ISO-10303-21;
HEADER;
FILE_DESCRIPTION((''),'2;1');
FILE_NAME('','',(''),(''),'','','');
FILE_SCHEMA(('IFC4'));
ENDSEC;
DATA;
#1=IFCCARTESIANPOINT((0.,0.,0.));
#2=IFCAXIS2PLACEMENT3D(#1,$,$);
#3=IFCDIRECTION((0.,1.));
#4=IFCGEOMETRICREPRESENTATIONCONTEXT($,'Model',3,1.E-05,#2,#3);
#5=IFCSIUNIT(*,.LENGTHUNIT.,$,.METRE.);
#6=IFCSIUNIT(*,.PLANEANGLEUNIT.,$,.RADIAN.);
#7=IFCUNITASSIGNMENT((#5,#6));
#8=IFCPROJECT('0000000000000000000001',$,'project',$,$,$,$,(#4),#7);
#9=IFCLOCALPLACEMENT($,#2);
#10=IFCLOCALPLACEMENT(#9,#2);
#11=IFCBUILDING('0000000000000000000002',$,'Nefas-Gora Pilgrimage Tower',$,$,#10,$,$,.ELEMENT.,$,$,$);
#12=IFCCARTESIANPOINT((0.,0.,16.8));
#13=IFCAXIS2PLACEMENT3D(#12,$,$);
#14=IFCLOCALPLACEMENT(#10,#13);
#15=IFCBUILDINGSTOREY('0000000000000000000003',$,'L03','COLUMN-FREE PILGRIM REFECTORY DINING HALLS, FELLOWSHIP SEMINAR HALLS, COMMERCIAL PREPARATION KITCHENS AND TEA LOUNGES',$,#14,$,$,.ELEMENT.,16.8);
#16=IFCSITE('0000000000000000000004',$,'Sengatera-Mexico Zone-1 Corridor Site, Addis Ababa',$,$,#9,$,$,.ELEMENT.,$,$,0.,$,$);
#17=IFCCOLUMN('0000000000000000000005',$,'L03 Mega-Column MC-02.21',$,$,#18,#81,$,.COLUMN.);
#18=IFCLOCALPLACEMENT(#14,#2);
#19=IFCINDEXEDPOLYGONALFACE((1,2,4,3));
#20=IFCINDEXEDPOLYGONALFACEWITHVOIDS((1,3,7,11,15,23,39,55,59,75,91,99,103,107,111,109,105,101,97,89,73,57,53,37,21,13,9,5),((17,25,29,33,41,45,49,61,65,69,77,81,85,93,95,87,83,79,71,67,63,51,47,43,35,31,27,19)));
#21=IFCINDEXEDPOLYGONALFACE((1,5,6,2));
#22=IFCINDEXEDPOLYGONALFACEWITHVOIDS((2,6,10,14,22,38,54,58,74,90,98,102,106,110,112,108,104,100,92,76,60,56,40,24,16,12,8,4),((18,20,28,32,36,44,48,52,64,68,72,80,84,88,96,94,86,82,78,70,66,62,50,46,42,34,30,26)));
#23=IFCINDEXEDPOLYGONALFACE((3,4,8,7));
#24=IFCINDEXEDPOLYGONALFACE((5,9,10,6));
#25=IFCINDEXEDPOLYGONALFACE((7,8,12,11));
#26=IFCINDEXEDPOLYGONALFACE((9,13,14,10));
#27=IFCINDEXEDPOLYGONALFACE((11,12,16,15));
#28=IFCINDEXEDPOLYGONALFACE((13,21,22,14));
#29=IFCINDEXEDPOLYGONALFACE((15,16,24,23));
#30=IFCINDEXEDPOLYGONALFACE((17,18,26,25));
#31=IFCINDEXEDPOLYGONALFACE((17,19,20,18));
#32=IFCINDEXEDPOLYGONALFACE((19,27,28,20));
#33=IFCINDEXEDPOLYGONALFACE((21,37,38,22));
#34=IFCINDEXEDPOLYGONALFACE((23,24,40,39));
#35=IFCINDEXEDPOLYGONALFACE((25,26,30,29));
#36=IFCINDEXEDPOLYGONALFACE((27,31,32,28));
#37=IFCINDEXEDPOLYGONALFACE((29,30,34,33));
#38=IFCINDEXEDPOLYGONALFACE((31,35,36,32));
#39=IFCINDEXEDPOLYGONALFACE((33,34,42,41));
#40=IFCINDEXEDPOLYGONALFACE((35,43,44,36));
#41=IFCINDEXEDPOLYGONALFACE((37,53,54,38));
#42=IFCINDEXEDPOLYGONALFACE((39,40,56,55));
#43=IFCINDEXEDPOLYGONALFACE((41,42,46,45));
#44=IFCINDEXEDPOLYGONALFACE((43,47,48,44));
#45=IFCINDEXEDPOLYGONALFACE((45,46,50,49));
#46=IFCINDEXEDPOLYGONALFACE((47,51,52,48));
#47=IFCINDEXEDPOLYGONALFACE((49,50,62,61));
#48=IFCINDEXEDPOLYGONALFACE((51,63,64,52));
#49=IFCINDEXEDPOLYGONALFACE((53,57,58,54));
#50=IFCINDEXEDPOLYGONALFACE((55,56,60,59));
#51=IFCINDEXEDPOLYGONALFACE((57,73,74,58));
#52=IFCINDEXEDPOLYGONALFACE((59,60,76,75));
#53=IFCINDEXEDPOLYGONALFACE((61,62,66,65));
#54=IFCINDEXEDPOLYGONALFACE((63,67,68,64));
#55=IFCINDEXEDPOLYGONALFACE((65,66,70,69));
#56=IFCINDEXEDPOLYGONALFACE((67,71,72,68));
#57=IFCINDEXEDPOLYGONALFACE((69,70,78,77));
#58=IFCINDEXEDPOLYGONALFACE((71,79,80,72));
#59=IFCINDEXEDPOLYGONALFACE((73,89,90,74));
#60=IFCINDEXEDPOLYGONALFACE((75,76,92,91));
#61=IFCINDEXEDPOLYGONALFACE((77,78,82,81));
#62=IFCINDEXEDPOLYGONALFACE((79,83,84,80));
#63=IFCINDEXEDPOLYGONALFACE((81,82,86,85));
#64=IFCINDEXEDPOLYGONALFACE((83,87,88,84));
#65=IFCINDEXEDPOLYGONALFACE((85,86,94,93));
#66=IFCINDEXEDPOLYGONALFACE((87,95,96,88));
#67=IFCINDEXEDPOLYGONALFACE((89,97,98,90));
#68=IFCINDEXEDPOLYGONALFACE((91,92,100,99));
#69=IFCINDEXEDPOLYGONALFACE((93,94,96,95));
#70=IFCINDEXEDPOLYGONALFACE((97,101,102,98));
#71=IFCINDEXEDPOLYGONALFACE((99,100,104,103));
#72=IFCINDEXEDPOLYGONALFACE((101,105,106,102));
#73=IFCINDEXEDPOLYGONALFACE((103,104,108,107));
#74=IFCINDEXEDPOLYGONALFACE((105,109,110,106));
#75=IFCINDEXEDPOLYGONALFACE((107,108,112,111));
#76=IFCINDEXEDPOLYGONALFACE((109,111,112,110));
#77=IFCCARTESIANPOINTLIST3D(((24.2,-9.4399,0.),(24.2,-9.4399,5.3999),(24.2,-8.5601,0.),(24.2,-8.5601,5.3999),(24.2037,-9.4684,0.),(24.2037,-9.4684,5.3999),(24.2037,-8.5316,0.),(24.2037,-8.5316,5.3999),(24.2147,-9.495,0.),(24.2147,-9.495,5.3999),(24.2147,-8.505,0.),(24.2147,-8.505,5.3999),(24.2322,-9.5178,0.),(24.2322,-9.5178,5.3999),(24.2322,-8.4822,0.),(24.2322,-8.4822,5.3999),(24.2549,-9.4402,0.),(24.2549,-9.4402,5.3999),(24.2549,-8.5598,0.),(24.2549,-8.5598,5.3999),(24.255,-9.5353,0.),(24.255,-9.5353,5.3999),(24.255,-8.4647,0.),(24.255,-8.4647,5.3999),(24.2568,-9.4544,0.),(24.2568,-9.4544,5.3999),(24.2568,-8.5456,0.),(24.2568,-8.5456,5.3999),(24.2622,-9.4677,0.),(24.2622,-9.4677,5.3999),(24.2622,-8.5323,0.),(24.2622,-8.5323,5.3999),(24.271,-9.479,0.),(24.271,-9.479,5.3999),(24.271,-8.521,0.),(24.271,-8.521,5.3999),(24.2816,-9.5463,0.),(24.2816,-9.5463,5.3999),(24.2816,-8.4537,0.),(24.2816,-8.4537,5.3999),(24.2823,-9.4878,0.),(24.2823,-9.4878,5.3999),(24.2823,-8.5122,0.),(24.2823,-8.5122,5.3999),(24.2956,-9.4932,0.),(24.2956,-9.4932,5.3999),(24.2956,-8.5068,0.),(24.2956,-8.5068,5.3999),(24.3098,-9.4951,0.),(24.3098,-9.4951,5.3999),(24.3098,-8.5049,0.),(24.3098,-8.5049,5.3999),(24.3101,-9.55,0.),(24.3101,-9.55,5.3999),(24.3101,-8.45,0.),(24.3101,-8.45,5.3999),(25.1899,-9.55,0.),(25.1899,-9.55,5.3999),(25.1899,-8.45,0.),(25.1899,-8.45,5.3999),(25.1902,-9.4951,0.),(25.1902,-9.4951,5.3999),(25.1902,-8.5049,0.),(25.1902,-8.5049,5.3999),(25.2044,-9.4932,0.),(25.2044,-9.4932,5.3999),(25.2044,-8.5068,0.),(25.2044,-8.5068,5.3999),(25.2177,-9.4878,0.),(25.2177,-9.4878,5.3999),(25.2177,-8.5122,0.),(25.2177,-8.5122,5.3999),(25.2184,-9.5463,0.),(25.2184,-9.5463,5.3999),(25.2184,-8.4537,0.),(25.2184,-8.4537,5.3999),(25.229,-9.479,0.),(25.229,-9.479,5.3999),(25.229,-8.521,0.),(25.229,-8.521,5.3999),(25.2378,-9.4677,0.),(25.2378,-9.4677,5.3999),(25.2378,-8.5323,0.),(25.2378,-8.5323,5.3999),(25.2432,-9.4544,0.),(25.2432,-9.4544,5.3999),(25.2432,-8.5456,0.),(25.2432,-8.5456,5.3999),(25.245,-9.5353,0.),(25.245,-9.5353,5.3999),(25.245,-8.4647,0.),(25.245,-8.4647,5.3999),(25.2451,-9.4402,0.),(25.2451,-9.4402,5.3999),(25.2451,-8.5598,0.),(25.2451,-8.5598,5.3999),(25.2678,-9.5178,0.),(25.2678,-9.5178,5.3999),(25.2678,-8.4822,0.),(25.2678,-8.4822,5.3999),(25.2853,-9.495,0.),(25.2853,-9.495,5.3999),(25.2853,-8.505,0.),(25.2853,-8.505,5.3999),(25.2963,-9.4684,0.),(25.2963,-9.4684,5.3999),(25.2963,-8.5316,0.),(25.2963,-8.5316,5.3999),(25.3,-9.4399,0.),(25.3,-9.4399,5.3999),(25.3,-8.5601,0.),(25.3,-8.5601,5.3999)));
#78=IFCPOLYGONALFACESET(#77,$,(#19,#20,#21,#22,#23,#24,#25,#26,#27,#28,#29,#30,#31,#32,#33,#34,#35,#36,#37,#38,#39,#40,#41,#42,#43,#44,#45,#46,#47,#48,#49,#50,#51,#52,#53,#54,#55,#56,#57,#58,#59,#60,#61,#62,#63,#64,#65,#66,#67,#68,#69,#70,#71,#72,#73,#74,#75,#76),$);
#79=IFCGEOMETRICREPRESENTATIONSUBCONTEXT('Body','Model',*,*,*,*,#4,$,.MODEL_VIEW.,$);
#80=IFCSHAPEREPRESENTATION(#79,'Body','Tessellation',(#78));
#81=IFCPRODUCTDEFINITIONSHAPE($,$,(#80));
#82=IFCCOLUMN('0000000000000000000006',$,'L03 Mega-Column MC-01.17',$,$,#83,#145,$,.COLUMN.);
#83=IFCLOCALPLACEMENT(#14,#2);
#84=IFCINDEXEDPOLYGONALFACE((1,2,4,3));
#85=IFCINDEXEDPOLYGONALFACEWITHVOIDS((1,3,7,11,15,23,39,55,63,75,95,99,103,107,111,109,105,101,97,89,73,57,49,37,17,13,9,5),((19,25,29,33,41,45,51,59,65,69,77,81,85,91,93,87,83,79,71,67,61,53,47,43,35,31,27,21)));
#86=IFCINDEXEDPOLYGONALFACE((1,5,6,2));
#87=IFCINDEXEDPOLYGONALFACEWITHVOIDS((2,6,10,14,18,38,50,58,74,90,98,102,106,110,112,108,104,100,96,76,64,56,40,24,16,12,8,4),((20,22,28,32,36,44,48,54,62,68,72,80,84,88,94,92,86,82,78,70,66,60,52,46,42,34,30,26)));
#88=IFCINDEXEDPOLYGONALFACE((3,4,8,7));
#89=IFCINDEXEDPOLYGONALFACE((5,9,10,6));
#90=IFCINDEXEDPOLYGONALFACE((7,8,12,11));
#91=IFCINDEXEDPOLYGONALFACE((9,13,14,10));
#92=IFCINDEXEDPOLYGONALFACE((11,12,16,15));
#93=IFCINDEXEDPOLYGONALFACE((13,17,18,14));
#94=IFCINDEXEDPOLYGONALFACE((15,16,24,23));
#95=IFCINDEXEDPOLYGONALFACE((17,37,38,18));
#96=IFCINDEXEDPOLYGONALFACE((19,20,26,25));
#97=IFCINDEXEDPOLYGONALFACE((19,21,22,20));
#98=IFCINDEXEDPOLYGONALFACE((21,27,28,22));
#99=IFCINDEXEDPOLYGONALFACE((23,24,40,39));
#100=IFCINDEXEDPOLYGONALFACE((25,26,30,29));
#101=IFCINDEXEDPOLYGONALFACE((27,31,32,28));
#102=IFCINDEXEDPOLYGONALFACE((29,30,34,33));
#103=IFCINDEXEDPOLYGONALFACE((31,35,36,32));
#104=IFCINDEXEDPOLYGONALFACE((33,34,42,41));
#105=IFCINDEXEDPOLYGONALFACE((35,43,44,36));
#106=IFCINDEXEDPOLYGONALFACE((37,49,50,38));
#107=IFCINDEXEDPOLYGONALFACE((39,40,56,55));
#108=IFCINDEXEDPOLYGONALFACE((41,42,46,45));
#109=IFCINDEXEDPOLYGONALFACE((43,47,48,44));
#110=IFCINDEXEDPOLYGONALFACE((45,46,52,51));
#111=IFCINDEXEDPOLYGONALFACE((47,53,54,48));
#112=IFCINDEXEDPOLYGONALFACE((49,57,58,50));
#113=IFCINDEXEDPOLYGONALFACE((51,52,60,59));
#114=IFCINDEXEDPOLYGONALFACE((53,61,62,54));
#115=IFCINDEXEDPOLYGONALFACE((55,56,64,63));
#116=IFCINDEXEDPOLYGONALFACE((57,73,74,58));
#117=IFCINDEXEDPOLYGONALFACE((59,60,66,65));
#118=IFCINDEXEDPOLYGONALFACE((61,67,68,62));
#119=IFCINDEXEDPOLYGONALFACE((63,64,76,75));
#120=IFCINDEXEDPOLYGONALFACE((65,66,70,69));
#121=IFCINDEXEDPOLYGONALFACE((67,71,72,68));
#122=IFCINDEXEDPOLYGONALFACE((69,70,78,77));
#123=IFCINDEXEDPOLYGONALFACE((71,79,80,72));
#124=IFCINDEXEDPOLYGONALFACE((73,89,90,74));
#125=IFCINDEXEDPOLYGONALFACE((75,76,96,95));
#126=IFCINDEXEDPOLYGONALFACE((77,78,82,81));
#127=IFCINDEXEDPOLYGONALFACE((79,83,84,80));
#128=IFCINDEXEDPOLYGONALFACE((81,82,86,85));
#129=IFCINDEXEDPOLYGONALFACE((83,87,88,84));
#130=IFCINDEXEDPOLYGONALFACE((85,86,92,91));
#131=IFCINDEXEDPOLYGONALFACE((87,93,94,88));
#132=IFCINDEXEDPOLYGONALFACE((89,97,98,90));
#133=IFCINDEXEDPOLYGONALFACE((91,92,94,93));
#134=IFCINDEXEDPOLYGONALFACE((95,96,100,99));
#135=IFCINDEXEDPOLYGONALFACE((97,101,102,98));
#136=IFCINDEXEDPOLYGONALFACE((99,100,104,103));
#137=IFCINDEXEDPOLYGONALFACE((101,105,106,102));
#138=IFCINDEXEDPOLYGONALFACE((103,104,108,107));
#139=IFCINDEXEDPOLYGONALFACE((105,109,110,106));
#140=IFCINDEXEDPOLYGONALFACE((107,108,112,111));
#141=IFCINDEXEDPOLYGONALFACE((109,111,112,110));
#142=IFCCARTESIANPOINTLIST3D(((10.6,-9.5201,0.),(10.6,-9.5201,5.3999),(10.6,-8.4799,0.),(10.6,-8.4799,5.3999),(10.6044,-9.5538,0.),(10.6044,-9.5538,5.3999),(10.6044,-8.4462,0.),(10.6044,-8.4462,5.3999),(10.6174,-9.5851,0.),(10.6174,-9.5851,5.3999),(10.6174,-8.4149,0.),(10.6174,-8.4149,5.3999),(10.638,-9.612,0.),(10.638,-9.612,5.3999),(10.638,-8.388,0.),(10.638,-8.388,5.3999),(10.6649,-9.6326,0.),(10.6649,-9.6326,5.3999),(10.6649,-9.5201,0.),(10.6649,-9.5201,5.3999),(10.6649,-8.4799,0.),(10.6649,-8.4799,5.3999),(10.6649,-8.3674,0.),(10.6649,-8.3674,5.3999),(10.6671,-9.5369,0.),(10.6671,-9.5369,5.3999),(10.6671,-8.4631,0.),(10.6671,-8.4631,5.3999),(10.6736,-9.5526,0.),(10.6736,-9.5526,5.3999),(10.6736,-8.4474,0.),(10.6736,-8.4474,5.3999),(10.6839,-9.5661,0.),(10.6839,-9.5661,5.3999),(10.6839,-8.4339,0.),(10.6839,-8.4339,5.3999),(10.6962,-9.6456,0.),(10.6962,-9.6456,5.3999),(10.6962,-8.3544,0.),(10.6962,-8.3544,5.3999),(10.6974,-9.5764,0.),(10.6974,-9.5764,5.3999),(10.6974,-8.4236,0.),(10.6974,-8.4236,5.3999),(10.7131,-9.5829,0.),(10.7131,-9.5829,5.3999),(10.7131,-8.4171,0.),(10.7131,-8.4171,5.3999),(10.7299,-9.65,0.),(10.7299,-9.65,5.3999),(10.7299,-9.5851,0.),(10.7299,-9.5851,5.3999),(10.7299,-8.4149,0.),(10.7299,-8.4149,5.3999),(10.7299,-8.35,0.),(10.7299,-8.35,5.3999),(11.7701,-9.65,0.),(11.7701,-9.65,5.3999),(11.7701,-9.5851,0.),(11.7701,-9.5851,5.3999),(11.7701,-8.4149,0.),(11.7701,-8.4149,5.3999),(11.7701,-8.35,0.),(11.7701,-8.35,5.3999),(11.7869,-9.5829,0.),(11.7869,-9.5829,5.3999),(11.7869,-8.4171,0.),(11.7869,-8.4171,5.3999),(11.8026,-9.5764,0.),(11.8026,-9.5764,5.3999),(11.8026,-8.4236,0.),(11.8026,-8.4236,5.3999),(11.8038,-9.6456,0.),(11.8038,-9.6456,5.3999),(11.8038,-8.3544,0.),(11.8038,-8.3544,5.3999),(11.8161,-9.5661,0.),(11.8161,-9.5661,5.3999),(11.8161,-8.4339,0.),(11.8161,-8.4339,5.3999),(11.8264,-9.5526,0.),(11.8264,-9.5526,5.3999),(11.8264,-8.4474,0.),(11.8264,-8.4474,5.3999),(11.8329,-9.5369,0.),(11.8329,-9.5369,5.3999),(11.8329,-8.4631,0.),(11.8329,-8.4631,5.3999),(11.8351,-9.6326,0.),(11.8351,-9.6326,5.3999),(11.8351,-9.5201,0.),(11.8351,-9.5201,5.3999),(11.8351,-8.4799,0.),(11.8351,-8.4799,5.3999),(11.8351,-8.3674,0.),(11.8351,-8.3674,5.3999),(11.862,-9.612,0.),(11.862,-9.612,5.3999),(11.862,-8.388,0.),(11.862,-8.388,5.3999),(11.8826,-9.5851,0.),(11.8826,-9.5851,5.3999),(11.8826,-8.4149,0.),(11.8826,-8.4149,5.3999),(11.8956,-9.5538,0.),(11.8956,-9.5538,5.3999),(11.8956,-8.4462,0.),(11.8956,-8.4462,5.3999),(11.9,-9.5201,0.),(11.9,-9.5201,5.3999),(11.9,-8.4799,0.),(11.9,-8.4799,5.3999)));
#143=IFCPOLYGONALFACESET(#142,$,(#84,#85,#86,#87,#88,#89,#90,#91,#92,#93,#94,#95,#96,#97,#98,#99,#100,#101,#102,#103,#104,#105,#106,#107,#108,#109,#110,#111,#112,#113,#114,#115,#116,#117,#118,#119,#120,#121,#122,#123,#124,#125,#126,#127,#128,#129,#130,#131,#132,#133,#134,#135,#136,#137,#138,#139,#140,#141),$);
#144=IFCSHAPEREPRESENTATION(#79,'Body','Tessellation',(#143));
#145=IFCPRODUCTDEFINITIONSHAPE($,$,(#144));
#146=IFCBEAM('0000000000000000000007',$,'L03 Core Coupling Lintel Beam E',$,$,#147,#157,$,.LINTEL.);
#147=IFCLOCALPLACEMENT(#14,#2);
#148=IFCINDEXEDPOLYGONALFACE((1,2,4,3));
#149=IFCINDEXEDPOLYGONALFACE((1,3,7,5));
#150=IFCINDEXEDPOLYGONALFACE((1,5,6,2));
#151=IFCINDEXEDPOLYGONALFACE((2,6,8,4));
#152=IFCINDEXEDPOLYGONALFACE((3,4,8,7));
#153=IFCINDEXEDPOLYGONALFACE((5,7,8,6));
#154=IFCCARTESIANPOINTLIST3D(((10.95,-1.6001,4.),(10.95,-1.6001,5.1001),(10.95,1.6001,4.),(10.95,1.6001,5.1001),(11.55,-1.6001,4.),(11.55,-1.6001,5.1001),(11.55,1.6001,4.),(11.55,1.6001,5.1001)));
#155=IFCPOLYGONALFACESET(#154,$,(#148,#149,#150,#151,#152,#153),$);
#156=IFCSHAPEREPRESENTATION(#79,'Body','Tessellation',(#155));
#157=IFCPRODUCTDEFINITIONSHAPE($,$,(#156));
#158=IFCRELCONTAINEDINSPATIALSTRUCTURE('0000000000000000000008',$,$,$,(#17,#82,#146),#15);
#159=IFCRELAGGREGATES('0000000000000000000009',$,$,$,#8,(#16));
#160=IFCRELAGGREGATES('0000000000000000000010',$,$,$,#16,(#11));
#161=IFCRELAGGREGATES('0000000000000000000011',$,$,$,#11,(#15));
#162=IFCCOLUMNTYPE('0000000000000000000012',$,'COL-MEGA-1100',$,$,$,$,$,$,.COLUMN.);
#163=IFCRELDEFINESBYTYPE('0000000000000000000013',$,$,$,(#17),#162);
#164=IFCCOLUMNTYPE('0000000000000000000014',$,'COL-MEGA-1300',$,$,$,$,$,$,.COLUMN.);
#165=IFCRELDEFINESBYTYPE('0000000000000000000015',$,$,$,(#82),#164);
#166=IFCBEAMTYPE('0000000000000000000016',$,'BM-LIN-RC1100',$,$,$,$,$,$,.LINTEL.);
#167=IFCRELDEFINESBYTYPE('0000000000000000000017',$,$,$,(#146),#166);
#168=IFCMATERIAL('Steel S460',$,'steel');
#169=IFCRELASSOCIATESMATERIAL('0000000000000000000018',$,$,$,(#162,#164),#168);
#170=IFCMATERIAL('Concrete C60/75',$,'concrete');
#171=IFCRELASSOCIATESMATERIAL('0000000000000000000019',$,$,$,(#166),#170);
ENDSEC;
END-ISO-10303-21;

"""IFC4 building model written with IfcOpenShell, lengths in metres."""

from ifc_helpers import new_model, si_unit, direction, frame, origin, origin_2d, place, context, subcontext, project, spatial, rectangle, hollow_rectangle, extrude, source, transform, mapped, material, material_profile, profile_set, type_object, element, save


model = new_model("IFC4")

# Units and contexts
model_context = context("Model", 3, precision=1e-05, world=origin(), true_north=direction((0.0, 1.0)))
body_context = subcontext(model_context, "Body", "Model", "MODEL_VIEW")
ifc_project = project(units=[si_unit("LENGTHUNIT", "METRE"), si_unit("PLANEANGLEUNIT", "RADIAN")], contexts=[model_context])

# Site, building, storey
site_placement = place(None, origin())
site = spatial("IfcSite", under=ifc_project, at=site_placement, Name="Sengatera-Mexico Zone-1 Corridor Site, Addis Ababa", CompositionType="ELEMENT", RefElevation=0.0)
building_placement = place(site_placement, origin())
building = spatial("IfcBuilding", under=site, at=building_placement, Name="Nefas-Gora Pilgrimage Tower", CompositionType="ELEMENT")
storey_placement = place(building_placement, frame((0.0, 0.0, 16.8)))
storey = spatial("IfcBuildingStorey", under=building, at=storey_placement, Name="L03", Description="COLUMN-FREE PILGRIM REFECTORY DINING HALLS, FELLOWSHIP SEMINAR HALLS, COMMERCIAL PREPARATION KITCHENS AND TEA LOUNGES", CompositionType="ELEMENT", Elevation=16.8)

# Columns
ifc_material_1 = material(Name="Steel S460", Category="steel")
ifc_material_profile_1 = material_profile(ifc_material_1, hollow_rectangle(XDim=1.1001, YDim=1.1001, WallThickness=0.0549, InnerFilletRadius=0.0549, OuterFilletRadius=0.1101, at=origin_2d()), Name="BOX 1100x1100x55")
ifc_profile_set_1 = profile_set([ifc_material_profile_1], Name="Steel S460")
column_type_1 = type_object("IfcColumnType", Name="COL-MEGA-1100", PredefinedType="COLUMN", material=ifc_profile_set_1)
shared_shape_1 = source(origin(), body_context, "Body", "SweptSolid", [
    extrude(hollow_rectangle(XDim=1.1001, YDim=1.1001, WallThickness=0.0549, InnerFilletRadius=0.0549, OuterFilletRadius=0.1101, at=origin_2d()), origin(), (0.0, 0.0, 1.0), 5.3999),
])
column_1_placement = place(storey_placement, frame((24.75, -9.0, 0.0), z_axis=(0.0, 0.0, 1.0), x_axis=(1.0, 0.0, 0.0)))
element("IfcColumn", 1, at=column_1_placement, inside=storey, type_object=column_type_1, Name="L03 Mega-Column MC-02.21", PredefinedType="COLUMN", context=body_context, shape_type="MappedRepresentation", body=[
    mapped(shared_shape_1, transform((0.0, 0.0, 0.0), x_axis=(1.0, 0.0, 0.0), y_axis=(0.0, 1.0, 0.0), z_axis=(0.0, 0.0, 1.0), scale=1.0)),
])
ifc_material_profile_2 = material_profile(ifc_material_1, hollow_rectangle(XDim=1.3, YDim=1.3, WallThickness=0.0649, InnerFilletRadius=0.0649, OuterFilletRadius=0.1299, at=origin_2d()), Name="BOX 1300x1300x65")
ifc_profile_set_2 = profile_set([ifc_material_profile_2], Name="Steel S460")
column_type_2 = type_object("IfcColumnType", Name="COL-MEGA-1300", PredefinedType="COLUMN", material=ifc_profile_set_2)
shared_shape_2 = source(origin(), body_context, "Body", "SweptSolid", [
    extrude(hollow_rectangle(XDim=1.3, YDim=1.3, WallThickness=0.0649, InnerFilletRadius=0.0649, OuterFilletRadius=0.1299, at=origin_2d()), origin(), (0.0, 0.0, 1.0), 5.3999),
])
column_2_placement = place(storey_placement, frame((11.25, -9.0, 0.0), z_axis=(0.0, 0.0, 1.0), x_axis=(1.0, 0.0, 0.0)))
element("IfcColumn", 2, at=column_2_placement, inside=storey, type_object=column_type_2, Name="L03 Mega-Column MC-01.17", PredefinedType="COLUMN", context=body_context, shape_type="MappedRepresentation", body=[
    mapped(shared_shape_2, transform((0.0, 0.0, 0.0), x_axis=(1.0, 0.0, 0.0), y_axis=(0.0, 1.0, 0.0), z_axis=(0.0, 0.0, 1.0), scale=1.0)),
])

# Beam
ifc_material_2 = material(Name="Concrete C60/75", Category="concrete")
ifc_material_profile_3 = material_profile(ifc_material_2, rectangle(XDim=0.6001, YDim=1.1001, at=origin_2d()), Name="RC 600x1100")
ifc_profile_set_3 = profile_set([ifc_material_profile_3], Name="Concrete C60/75")
beam_type_1 = type_object("IfcBeamType", Name="BM-LIN-RC1100", PredefinedType="LINTEL", material=ifc_profile_set_3)
shared_shape_3 = source(origin(), body_context, "Body", "SweptSolid", [
    extrude(rectangle(XDim=0.6001, YDim=1.1001, at=origin_2d()), origin(), (0.0, 0.0, 1.0), 3.2002),
])
beam_1_placement = place(storey_placement, frame((11.25, -1.6001, 4.55), z_axis=(0.0, 1.0, 0.0), x_axis=(-1.0, 0.0, 0.0)))
element("IfcBeam", 3, at=beam_1_placement, inside=storey, type_object=beam_type_1, Name="L03 Core Coupling Lintel Beam E", PredefinedType="LINTEL", context=body_context, shape_type="MappedRepresentation", body=[
    mapped(shared_shape_3, transform((0.0, 0.0, 0.0), x_axis=(1.0, 0.0, 0.0), y_axis=(0.0, 1.0, 0.0), z_axis=(0.0, 0.0, 1.0), scale=1.0)),
])

save(model, "model.ifc")
